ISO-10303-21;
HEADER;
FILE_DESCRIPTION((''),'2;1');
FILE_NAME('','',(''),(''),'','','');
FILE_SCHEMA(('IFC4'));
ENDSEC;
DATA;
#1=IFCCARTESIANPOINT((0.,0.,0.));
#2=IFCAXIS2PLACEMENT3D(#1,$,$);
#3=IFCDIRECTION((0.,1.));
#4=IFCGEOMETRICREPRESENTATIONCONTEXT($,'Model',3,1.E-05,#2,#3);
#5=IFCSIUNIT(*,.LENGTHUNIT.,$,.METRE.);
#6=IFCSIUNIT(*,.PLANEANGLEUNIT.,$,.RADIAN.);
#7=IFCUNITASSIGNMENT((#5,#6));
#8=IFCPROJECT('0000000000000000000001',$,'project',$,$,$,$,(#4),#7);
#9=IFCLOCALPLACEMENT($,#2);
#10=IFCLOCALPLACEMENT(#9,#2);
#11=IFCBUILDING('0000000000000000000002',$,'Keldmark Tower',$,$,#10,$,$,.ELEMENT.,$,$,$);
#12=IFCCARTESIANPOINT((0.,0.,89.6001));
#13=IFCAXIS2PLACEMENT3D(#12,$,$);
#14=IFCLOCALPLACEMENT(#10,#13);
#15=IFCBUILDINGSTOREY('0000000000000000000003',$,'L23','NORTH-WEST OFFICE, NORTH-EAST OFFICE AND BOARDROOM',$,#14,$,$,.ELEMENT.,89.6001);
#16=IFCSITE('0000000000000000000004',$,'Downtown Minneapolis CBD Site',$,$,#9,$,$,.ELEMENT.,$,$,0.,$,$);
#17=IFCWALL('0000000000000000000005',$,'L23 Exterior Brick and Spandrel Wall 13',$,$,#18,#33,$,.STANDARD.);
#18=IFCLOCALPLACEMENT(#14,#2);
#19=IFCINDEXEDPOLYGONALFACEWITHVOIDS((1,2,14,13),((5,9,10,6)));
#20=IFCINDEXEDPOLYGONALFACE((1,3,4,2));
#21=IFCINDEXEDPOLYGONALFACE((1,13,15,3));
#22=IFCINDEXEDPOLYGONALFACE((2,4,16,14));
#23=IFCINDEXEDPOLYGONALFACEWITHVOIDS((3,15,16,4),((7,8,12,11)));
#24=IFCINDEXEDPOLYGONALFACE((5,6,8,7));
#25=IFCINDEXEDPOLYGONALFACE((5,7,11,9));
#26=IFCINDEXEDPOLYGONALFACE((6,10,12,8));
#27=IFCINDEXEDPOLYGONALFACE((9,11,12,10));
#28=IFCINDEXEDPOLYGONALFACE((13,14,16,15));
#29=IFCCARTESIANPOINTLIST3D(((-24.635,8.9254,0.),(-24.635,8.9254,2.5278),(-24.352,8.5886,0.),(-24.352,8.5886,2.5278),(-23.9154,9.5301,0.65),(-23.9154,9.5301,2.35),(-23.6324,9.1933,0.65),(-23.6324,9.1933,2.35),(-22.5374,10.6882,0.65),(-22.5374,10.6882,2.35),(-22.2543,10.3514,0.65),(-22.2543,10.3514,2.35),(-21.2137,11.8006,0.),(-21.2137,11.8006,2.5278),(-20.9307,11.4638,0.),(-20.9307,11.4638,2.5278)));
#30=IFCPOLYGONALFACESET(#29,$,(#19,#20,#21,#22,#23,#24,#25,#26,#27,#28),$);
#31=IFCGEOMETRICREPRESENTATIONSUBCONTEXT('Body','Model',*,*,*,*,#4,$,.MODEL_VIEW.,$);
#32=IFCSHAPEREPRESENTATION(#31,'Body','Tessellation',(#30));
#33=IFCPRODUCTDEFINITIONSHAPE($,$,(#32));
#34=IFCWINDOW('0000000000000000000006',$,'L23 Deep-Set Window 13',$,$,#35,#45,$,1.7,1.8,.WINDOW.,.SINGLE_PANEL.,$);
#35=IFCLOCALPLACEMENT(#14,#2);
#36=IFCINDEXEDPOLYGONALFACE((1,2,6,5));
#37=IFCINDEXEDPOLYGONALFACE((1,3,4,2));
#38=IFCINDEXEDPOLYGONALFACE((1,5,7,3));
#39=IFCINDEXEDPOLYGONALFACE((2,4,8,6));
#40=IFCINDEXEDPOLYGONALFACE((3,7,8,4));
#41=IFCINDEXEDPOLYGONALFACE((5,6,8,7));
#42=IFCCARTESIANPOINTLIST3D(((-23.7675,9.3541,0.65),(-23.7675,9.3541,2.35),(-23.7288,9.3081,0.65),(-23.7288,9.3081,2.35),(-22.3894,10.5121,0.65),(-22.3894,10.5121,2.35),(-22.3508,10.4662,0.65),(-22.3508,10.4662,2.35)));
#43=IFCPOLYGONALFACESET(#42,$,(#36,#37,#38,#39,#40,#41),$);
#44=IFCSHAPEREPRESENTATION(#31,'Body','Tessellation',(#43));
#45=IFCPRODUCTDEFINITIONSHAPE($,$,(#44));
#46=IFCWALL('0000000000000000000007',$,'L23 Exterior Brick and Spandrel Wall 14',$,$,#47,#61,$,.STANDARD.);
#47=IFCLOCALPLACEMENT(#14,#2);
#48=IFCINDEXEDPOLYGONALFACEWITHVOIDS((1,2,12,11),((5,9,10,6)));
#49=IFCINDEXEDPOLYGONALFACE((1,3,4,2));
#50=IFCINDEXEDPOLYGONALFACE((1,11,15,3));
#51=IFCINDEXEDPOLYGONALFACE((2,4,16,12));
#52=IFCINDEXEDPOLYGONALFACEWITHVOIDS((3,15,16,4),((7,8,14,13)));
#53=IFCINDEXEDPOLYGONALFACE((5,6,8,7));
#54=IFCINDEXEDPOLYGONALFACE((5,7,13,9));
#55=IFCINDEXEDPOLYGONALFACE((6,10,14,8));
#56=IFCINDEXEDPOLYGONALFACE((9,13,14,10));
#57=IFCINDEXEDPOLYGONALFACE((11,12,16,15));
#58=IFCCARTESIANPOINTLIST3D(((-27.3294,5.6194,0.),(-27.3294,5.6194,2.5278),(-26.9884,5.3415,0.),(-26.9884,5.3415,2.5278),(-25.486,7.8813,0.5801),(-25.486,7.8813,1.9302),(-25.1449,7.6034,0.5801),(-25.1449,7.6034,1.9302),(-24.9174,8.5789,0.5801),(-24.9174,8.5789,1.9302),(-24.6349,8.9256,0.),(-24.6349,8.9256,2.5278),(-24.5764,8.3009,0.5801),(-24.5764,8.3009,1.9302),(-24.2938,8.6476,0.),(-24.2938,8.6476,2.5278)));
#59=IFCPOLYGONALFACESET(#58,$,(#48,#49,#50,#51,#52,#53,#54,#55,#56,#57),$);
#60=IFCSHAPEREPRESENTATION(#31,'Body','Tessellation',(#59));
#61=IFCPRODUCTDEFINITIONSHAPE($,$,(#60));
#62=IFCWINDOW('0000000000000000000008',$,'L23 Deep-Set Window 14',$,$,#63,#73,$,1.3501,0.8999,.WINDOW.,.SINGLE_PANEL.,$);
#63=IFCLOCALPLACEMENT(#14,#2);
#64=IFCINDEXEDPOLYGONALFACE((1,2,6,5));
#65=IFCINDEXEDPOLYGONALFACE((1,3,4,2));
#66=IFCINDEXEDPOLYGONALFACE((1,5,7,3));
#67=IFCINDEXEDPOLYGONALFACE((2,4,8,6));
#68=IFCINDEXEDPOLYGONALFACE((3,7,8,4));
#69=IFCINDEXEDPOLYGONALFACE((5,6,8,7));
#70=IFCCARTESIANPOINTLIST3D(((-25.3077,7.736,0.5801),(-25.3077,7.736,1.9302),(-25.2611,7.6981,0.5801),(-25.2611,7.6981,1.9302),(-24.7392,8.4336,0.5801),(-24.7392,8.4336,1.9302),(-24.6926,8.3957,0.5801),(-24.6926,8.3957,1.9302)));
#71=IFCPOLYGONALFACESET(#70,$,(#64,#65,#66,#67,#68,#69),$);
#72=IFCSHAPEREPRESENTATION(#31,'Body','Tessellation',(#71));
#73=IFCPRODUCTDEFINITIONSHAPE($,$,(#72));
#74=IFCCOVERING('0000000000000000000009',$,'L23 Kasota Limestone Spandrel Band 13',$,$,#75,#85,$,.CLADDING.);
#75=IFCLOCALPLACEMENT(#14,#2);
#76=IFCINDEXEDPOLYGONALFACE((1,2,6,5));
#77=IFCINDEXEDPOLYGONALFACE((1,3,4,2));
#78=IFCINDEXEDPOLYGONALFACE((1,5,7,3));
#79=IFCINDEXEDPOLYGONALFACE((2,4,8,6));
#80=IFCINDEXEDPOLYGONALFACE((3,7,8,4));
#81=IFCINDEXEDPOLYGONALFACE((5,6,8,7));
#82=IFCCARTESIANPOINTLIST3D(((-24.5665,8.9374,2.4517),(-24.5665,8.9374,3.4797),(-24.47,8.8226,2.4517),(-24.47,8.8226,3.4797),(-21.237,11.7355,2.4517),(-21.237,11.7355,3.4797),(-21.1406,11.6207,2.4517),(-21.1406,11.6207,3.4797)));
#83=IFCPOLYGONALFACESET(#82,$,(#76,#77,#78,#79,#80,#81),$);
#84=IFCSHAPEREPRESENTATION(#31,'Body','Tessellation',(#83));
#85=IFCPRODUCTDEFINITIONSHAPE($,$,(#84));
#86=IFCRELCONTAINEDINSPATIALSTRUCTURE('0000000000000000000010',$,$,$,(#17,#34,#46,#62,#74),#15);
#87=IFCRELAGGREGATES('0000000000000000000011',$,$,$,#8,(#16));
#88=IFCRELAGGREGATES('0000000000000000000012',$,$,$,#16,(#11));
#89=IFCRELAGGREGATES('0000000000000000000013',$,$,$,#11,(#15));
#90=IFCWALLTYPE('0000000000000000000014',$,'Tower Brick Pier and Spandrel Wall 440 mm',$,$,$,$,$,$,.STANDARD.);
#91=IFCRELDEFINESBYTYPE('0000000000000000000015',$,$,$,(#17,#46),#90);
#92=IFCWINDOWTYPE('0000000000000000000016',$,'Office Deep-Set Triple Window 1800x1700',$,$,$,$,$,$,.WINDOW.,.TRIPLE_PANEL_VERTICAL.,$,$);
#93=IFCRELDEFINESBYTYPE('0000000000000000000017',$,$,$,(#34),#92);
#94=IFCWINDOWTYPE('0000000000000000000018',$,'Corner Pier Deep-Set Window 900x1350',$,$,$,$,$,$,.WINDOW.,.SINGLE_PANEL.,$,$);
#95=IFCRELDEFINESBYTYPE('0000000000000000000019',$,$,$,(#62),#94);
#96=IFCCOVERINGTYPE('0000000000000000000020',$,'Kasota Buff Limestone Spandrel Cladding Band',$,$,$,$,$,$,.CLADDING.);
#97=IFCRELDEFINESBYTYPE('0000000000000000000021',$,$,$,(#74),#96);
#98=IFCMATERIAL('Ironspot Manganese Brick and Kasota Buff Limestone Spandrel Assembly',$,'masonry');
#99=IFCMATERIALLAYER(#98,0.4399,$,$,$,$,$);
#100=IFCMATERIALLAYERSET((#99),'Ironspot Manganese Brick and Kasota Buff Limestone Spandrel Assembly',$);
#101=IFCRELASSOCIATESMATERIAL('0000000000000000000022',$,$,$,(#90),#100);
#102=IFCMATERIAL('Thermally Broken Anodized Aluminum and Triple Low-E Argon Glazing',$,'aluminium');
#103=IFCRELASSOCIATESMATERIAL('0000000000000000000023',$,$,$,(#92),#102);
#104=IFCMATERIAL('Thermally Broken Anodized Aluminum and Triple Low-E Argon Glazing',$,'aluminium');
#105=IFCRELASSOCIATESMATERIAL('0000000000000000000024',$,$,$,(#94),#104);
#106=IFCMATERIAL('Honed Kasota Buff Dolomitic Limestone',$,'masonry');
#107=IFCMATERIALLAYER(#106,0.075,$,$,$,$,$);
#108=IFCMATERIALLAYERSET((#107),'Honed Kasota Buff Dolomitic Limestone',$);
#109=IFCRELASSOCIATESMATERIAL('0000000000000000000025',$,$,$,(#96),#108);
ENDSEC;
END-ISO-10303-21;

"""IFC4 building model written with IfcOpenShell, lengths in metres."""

from ifc_helpers import new_model, si_unit, direction, frame, frame_2d, origin, origin_2d, place, context, subcontext, project, spatial, rectangle, extrude, material, layer, layer_set, type_object, element, fill, save


model = new_model("IFC4")

# Units and contexts
model_context = context("Model", 3, precision=1e-05, world=origin(), true_north=direction((0.0, 1.0)))
body_context = subcontext(model_context, "Body", "Model", "MODEL_VIEW")
ifc_project = project(units=[si_unit("LENGTHUNIT", "METRE"), si_unit("PLANEANGLEUNIT", "RADIAN")], contexts=[model_context])

# Site, building, storey
site_placement = place(None, origin())
site = spatial("IfcSite", under=ifc_project, at=site_placement, Name="Downtown Minneapolis CBD Site", CompositionType="ELEMENT", RefElevation=0.0)
building_placement = place(site_placement, origin())
building = spatial("IfcBuilding", under=site, at=building_placement, Name="Keldmark Tower", CompositionType="ELEMENT")
storey_placement = place(building_placement, frame((0.0, 0.0, 89.6001)))
storey = spatial("IfcBuildingStorey", under=building, at=storey_placement, Name="L23", Description="NORTH-WEST OFFICE, NORTH-EAST OFFICE AND BOARDROOM", CompositionType="ELEMENT", Elevation=89.6001)

# Walls, openings, windows
ifc_material_1 = material(Name="Ironspot Manganese Brick and Kasota Buff Limestone Spandrel Assembly", Category="masonry")
ifc_layer_1 = layer(ifc_material_1, 0.4399)
ifc_layer_set_1 = layer_set([ifc_layer_1], Name="Ironspot Manganese Brick and Kasota Buff Limestone Spandrel Assembly")
wall_type_1 = type_object("IfcWallType", Name="Tower Brick Pier and Spandrel Wall 440 mm", PredefinedType="STANDARD", material=ifc_layer_set_1)
ifc_material_2 = material(Name="Thermally Broken Anodized Aluminum and Triple Low-E Argon Glazing", Category="aluminium")
window_type_1 = type_object("IfcWindowType", Name="Office Deep-Set Triple Window 1800x1700", PartitioningType="TRIPLE_PANEL_VERTICAL", PredefinedType="WINDOW", material=ifc_material_2)
wall_1_placement = place(storey_placement, frame((-24.4934, 8.7571, 0.0), z_axis=(0.0, 0.0, 1.0), x_axis=(0.765564, 0.64336, 0.0)))
wall_1 = element("IfcWall", 1, at=wall_1_placement, inside=storey, type_object=wall_type_1, Name="L23 Exterior Brick and Spandrel Wall 13", PredefinedType="STANDARD", context=body_context, shape_type="SweptSolid", body=[
    extrude(rectangle(XDim=4.469, YDim=0.4399, at=frame_2d((2.2344, 0.0))), origin(), (0.0, 0.0, 1.0), 2.5278),
])
opening_1_placement = place(wall_1_placement, frame((0.9399, 0.0, 0.6499)))
opening_1 = element("IfcOpeningElement", 2, at=opening_1_placement, cuts=wall_1, PredefinedType="OPENING", context=body_context, shape_type="SweptSolid", body=[
    extrude(rectangle(XDim=1.8, YDim=1.7, at=frame_2d((0.8999, 0.8501))), frame((0.0, 0.23, 0.0), z_axis=(0.0, -1.0, 0.0), x_axis=(1.0, 0.0, 0.0)), (0.0, 0.0, 1.0), 0.46),
])
window_1_placement = place(opening_1_placement, origin())
window_1 = element("IfcWindow", 3, at=window_1_placement, inside=storey, type_object=window_type_1, Name="L23 Deep-Set Window 13", OverallHeight=1.7, OverallWidth=1.8, PartitioningType="SINGLE_PANEL", PredefinedType="WINDOW", context=body_context, shape_type="SweptSolid", body=[
    extrude(rectangle(XDim=1.8, YDim=1.7, at=frame_2d((0.8999, 0.8501))), frame((0.0, -0.01, 0.0), z_axis=(0.0, -1.0, 0.0), x_axis=(1.0, 0.0, 0.0)), (0.0, 0.0, 1.0), 0.0601),
])
fill(opening_1, window_1)
wall_2_placement = place(storey_placement, frame((-27.1589, 5.4805, 0.0), z_axis=(0.0, 0.0, 1.0), x_axis=(0.631769, 0.775157, 0.0)))
wall_2 = element("IfcWall", 4, at=wall_2_placement, inside=storey, type_object=wall_type_1, Name="L23 Exterior Brick and Spandrel Wall 14", PredefinedType="STANDARD", context=body_context, shape_type="SweptSolid", body=[
    extrude(rectangle(XDim=4.2651, YDim=0.4399, at=frame_2d((2.1326, 0.0))), origin(), (0.0, 0.0, 1.0), 2.5278),
])
opening_2_placement = place(wall_2_placement, frame((2.918, 0.0, 0.5801)))
opening_2 = element("IfcOpeningElement", 5, at=opening_2_placement, cuts=wall_2, PredefinedType="OPENING", context=body_context, shape_type="SweptSolid", body=[
    extrude(rectangle(XDim=0.8999, YDim=1.3501, at=frame_2d((0.45, 0.675))), frame((0.0, 0.23, 0.0), z_axis=(0.0, -1.0, 0.0), x_axis=(1.0, 0.0, 0.0)), (0.0, 0.0, 1.0), 0.46),
])
ifc_material_3 = material(Name="Thermally Broken Anodized Aluminum and Triple Low-E Argon Glazing", Category="aluminium")
window_type_2 = type_object("IfcWindowType", Name="Corner Pier Deep-Set Window 900x1350", PartitioningType="SINGLE_PANEL", PredefinedType="WINDOW", material=ifc_material_3)
window_2_placement = place(opening_2_placement, origin())
window_2 = element("IfcWindow", 6, at=window_2_placement, inside=storey, type_object=window_type_2, Name="L23 Deep-Set Window 14", OverallHeight=1.3501, OverallWidth=0.8999, PartitioningType="SINGLE_PANEL", PredefinedType="WINDOW", context=body_context, shape_type="SweptSolid", body=[
    extrude(rectangle(XDim=0.8999, YDim=1.3501, at=frame_2d((0.45, 0.675))), frame((0.0, -0.01, 0.0), z_axis=(0.0, -1.0, 0.0), x_axis=(1.0, 0.0, 0.0)), (0.0, 0.0, 1.0), 0.0601),
])
fill(opening_2, window_2)

# Covering
ifc_material_4 = material(Name="Honed Kasota Buff Dolomitic Limestone", Category="masonry")
ifc_layer_2 = layer(ifc_material_4, 0.075)
ifc_layer_set_2 = layer_set([ifc_layer_2], Name="Honed Kasota Buff Dolomitic Limestone")
covering_type = type_object("IfcCoveringType", Name="Kasota Buff Limestone Spandrel Cladding Band", PredefinedType="CLADDING", material=ifc_layer_set_2)
covering_placement = place(storey_placement, frame((-22.8535, 10.2791, 2.4517), z_axis=(0.0, 0.0, 1.0), x_axis=(-0.765551, -0.643376, 0.0)))
element("IfcCovering", 7, at=covering_placement, inside=storey, type_object=covering_type, Name="L23 Kasota Limestone Spandrel Band 13", PredefinedType="CLADDING", context=body_context, shape_type="SweptSolid", body=[
    extrude(rectangle(XDim=4.3491, YDim=0.1499, at=origin_2d()), origin(), (0.0, 0.0, 1.0), 1.0281),
])

save(model, "model.ifc")
